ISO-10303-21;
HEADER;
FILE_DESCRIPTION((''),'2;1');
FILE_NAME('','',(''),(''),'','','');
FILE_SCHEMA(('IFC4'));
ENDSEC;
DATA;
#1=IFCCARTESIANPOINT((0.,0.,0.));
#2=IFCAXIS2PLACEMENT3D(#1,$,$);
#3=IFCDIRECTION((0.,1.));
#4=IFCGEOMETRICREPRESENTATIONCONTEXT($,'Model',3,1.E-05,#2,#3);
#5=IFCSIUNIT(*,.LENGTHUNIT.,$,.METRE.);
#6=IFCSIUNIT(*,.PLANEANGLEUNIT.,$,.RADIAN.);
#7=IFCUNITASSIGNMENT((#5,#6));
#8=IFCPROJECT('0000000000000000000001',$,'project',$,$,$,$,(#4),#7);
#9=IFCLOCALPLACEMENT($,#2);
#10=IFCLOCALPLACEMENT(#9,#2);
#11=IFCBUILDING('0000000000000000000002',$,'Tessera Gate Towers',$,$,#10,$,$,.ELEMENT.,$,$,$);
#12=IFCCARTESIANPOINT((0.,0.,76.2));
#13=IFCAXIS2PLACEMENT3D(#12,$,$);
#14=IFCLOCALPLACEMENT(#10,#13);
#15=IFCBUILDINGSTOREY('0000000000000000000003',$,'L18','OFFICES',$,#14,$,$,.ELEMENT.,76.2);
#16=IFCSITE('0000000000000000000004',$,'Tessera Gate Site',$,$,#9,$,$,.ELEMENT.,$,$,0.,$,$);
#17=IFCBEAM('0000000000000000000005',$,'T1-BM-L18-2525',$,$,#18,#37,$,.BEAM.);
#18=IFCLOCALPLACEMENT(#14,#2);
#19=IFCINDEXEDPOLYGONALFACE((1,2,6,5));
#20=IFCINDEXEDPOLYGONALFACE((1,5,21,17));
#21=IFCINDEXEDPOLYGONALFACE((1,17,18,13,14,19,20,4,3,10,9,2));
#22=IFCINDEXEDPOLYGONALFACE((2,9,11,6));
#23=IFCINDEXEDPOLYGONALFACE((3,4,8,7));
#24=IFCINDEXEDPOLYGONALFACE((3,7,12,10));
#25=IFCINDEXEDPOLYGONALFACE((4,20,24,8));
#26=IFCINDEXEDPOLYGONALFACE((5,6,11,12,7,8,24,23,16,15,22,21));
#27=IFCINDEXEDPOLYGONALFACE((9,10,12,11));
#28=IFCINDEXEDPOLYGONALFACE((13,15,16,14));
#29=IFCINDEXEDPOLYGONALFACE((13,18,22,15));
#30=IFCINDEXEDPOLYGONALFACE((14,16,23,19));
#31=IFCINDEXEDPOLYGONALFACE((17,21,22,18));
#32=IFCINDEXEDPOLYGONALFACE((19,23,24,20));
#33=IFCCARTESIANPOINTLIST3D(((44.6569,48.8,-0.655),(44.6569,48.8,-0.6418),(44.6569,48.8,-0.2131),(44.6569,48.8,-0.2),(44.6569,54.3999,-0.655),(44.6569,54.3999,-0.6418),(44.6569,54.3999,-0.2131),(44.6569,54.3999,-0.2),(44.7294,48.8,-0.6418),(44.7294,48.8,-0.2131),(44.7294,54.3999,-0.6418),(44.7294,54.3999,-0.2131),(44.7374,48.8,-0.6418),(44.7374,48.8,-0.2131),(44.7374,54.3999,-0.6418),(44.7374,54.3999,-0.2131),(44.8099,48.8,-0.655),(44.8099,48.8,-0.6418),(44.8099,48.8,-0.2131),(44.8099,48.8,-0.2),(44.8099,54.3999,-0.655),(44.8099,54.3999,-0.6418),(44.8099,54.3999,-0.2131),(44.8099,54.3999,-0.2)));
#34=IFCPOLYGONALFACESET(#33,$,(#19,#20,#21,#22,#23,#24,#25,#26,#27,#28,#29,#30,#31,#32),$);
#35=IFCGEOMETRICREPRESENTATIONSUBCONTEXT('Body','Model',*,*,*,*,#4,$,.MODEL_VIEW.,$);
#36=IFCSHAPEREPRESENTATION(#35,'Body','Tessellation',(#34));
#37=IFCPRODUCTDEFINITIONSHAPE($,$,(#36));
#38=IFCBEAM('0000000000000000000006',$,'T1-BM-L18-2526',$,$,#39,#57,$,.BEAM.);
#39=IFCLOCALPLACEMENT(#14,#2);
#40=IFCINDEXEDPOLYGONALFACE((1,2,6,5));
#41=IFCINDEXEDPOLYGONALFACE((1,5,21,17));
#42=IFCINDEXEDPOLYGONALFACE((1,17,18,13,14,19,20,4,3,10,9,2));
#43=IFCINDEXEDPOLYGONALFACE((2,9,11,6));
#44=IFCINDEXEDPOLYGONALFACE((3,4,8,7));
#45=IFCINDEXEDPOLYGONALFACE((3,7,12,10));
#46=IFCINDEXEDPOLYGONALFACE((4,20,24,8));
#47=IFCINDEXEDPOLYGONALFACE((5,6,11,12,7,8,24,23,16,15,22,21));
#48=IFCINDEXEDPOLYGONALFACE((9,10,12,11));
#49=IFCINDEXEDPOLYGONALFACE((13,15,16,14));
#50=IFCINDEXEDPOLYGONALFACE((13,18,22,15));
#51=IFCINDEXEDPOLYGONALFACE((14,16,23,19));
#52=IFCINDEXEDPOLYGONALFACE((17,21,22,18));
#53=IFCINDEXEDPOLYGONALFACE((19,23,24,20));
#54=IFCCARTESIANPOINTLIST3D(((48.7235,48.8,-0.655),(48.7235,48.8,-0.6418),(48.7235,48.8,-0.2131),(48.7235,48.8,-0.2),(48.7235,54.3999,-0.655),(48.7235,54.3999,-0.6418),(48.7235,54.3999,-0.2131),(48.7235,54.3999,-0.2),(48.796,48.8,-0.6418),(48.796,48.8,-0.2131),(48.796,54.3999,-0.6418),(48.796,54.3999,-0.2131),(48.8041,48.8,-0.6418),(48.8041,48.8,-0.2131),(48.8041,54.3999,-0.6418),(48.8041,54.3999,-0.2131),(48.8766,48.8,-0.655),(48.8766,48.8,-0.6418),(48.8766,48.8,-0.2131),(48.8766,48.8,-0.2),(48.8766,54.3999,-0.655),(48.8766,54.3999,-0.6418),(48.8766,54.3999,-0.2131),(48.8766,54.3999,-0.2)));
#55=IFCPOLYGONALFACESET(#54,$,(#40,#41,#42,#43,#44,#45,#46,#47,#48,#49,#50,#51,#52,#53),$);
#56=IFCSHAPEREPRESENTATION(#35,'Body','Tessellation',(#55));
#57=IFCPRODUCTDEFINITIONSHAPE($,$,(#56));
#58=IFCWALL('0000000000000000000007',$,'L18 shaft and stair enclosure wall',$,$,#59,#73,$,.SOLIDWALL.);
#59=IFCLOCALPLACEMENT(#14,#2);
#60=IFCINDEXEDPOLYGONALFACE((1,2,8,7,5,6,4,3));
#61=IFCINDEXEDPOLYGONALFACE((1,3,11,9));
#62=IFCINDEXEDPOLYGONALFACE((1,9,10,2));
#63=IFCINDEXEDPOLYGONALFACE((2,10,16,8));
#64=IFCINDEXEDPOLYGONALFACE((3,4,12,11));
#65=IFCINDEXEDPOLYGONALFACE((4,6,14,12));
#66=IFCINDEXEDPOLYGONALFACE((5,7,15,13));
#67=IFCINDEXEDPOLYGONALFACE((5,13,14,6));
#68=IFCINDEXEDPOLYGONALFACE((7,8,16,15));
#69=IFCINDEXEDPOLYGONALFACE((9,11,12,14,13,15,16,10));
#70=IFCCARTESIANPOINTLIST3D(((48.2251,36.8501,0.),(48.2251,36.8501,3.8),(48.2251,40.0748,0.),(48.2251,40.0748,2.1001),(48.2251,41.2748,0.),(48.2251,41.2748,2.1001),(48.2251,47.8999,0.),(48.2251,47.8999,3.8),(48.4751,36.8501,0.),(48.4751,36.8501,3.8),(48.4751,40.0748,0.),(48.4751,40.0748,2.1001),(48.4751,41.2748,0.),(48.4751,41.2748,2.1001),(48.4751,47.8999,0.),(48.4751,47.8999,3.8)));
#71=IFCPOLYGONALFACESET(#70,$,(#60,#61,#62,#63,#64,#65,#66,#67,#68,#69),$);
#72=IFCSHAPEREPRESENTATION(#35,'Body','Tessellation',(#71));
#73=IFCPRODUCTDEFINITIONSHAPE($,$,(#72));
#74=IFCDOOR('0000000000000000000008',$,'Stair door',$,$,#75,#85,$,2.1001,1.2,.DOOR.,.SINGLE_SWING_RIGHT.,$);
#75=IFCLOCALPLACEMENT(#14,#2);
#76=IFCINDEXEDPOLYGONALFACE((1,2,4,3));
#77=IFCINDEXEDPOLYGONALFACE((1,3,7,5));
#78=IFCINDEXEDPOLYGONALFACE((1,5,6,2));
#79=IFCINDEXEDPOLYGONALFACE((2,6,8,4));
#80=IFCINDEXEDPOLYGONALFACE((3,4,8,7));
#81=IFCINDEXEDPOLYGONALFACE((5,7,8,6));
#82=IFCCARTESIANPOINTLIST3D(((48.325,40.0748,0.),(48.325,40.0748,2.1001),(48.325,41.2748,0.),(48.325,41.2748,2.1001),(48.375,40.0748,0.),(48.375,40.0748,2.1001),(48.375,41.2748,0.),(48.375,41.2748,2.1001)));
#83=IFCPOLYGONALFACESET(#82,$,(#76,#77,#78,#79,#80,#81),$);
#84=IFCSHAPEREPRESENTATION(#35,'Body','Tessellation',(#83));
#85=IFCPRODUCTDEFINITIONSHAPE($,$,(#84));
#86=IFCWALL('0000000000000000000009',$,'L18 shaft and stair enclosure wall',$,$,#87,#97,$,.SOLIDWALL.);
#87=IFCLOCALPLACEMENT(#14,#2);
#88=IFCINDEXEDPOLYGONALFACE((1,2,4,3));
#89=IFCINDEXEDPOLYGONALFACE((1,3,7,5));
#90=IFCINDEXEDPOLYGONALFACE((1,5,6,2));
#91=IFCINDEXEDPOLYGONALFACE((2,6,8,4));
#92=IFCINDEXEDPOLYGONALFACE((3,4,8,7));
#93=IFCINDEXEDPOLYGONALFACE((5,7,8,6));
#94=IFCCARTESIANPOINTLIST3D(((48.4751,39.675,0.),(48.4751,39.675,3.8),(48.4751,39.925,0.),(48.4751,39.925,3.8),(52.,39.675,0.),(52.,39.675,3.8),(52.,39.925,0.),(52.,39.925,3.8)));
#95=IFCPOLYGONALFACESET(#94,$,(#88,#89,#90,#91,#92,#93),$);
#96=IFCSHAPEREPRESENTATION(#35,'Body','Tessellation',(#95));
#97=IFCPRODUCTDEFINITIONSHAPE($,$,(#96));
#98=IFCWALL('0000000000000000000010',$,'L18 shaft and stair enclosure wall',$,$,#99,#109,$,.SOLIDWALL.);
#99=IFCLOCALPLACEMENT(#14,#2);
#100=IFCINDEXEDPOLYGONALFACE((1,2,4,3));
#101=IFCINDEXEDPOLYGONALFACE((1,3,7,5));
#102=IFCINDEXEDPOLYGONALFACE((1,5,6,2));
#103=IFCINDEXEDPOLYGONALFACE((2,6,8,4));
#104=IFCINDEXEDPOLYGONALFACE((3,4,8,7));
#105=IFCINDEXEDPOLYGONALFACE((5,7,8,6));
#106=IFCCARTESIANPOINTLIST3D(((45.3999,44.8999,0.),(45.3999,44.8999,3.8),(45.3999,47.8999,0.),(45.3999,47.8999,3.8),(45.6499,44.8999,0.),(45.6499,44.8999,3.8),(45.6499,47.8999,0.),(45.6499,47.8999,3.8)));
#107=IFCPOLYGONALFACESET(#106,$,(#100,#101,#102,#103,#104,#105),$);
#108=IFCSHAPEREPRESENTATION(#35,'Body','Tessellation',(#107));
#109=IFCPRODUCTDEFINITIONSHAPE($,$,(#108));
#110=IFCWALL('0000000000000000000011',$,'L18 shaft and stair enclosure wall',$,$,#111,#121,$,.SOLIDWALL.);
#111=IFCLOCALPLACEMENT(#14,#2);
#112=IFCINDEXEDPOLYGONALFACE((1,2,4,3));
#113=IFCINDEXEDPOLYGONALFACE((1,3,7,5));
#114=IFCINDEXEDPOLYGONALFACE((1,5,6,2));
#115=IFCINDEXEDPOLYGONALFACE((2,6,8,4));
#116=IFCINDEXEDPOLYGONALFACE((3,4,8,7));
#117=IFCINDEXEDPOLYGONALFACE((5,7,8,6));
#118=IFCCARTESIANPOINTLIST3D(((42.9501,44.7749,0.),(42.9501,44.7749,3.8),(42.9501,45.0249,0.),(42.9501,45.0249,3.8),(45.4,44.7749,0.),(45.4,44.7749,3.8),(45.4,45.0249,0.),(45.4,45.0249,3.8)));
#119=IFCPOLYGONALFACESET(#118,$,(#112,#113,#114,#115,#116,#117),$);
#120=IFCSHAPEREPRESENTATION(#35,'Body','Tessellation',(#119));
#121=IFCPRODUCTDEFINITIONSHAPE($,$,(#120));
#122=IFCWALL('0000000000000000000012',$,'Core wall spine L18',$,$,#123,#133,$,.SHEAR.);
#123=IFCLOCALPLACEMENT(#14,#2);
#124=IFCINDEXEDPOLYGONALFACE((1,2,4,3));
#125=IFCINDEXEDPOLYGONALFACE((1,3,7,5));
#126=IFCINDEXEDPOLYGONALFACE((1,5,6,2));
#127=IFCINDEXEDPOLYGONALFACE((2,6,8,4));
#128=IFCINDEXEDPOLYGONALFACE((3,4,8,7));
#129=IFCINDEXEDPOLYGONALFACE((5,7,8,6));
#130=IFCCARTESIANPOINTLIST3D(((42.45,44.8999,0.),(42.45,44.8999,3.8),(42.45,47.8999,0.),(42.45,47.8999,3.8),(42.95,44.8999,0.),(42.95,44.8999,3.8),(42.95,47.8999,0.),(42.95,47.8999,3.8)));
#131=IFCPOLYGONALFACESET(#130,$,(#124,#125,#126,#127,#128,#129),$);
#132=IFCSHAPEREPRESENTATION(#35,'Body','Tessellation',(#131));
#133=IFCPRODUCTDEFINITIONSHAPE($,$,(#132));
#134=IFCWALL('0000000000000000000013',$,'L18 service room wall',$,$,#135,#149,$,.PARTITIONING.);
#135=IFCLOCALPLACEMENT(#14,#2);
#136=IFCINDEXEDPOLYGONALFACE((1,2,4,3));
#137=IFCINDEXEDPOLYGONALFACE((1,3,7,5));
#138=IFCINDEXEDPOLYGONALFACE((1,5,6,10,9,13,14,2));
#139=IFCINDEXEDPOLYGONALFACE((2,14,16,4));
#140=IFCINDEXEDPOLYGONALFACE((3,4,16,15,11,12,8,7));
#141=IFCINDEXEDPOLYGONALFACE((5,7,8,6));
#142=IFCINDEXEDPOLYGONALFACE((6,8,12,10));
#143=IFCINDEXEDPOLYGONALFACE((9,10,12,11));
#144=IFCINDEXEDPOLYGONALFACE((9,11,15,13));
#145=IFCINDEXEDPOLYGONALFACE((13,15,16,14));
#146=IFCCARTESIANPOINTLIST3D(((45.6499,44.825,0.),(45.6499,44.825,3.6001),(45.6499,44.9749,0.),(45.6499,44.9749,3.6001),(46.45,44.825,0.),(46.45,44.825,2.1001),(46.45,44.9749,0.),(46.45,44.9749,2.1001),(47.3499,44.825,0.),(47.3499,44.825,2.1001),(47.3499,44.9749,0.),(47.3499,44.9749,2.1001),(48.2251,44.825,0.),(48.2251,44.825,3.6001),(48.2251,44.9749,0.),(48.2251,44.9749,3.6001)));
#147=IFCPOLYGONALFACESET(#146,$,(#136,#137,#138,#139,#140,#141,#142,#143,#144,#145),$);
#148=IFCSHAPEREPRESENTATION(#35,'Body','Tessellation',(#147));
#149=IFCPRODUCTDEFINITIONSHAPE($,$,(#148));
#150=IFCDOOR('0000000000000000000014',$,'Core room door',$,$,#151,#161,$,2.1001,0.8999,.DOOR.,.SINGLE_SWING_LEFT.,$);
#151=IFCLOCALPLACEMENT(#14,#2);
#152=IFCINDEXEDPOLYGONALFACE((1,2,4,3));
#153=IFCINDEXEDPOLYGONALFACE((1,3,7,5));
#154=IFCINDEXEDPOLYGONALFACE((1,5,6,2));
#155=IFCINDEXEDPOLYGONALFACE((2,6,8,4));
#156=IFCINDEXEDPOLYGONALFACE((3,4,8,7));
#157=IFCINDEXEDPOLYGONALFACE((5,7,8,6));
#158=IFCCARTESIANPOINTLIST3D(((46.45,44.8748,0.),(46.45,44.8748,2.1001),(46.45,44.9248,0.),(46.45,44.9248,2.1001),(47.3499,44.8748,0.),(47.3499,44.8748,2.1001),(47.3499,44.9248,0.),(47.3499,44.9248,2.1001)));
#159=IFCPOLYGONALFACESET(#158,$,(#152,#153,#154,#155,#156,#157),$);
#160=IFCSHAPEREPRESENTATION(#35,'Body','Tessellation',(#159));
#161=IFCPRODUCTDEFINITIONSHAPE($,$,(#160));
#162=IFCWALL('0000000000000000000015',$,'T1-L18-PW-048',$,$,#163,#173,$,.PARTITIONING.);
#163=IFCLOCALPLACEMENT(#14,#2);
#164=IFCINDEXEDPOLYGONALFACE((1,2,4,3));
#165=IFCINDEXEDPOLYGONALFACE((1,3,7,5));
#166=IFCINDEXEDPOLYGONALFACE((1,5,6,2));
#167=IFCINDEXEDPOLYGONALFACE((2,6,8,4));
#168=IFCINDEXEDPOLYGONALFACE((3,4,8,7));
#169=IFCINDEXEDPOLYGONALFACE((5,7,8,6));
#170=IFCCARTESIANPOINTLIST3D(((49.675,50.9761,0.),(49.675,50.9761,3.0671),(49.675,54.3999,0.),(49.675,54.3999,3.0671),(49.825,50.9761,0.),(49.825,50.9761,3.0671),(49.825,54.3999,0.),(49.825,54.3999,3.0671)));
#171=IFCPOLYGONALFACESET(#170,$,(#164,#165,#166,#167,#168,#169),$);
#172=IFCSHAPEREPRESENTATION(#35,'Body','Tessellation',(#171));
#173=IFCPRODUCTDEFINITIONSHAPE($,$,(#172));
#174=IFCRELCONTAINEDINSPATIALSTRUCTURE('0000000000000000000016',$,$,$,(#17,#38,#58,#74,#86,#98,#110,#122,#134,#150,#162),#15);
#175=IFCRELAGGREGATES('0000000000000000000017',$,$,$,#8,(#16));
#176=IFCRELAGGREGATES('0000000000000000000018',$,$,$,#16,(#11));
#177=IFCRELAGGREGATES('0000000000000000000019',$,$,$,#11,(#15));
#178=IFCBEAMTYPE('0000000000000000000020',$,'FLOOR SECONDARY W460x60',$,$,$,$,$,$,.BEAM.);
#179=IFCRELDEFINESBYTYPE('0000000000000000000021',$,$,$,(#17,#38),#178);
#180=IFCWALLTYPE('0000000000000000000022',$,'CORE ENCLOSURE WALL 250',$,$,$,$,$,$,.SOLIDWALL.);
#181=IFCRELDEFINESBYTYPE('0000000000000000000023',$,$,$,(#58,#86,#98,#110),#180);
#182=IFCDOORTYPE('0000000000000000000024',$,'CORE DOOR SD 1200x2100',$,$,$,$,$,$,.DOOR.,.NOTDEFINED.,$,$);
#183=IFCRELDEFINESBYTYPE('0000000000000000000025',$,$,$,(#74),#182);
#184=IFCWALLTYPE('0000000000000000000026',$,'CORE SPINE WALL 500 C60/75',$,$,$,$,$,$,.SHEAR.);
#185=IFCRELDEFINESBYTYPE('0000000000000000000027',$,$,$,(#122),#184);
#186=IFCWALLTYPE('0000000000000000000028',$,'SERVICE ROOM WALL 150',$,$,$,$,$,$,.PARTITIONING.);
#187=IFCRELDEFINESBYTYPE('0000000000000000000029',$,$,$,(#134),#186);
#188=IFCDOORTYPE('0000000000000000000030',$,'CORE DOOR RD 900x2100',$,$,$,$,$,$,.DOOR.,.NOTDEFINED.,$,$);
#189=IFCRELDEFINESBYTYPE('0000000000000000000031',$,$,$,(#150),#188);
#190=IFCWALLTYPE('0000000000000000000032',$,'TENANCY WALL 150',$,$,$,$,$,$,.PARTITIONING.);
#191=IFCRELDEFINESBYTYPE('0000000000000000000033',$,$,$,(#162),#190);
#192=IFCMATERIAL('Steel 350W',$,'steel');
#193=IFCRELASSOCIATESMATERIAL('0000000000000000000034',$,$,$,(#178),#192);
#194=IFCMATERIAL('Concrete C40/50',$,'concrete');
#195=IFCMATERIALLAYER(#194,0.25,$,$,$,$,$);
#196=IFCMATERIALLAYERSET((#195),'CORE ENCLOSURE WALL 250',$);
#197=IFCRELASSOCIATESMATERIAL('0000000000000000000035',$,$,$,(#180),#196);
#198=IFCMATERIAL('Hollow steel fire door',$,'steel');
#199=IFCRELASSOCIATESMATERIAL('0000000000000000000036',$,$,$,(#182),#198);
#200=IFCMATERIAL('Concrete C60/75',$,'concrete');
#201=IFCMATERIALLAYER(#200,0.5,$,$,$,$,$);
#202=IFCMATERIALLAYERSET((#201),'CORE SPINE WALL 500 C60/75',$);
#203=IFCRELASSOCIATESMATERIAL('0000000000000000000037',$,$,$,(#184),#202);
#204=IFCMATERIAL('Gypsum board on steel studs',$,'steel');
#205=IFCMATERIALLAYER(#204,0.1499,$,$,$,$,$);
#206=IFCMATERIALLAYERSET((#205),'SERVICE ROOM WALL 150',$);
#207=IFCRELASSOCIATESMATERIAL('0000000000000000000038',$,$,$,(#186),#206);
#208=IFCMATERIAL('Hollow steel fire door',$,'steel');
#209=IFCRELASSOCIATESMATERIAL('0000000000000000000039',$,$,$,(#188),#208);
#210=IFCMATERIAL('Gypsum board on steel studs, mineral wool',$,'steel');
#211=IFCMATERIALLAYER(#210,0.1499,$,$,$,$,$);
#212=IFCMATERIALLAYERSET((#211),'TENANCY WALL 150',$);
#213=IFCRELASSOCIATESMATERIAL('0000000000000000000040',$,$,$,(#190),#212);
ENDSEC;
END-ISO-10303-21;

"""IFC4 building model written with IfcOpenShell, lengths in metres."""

from ifc_helpers import new_model, si_unit, direction, frame, frame_2d, origin, origin_2d, place, context, subcontext, project, spatial, rectangle, i_section, extrude, source, transform, mapped, material, layer, layer_set, material_profile, profile_set, type_object, element, fill, save


model = new_model("IFC4")

# Units and contexts
model_context = context("Model", 3, precision=1e-05, world=origin(), true_north=direction((0.0, 1.0)))
body_context = subcontext(model_context, "Body", "Model", "MODEL_VIEW")
ifc_project = project(units=[si_unit("LENGTHUNIT", "METRE"), si_unit("PLANEANGLEUNIT", "RADIAN")], contexts=[model_context])

# Site, building, storey
site_placement = place(None, origin())
site = spatial("IfcSite", under=ifc_project, at=site_placement, Name="Tessera Gate Site", CompositionType="ELEMENT", RefElevation=0.0)
building_placement = place(site_placement, origin())
building = spatial("IfcBuilding", under=site, at=building_placement, Name="Tessera Gate Towers", CompositionType="ELEMENT")
storey_placement = place(building_placement, frame((0.0, 0.0, 76.2)))
storey = spatial("IfcBuildingStorey", under=building, at=storey_placement, Name="L18", Description="OFFICES", CompositionType="ELEMENT", Elevation=76.2)

# Beams
ifc_material_1 = material(Name="Steel 350W", Category="steel")
ifc_material_profile = material_profile(ifc_material_1, i_section(OverallWidth=0.1531, OverallDepth=0.4551, WebThickness=0.0081, FlangeThickness=0.0132, at=origin_2d()), Name="W460x60")
ifc_profile_set = profile_set([ifc_material_profile], Name="Steel 350W")
beam_type = type_object("IfcBeamType", Name="FLOOR SECONDARY W460x60", PredefinedType="BEAM", material=ifc_profile_set)
for number, where, z_axis, x_axis, name in (
    (1, (44.7334, 48.8, -0.4275), (0.0, 1.0, 0.0), (-1.0, 0.0, 0.0), "T1-BM-L18-2525"),
    (2, (48.8, 48.8, -0.4275), (0.0, 1.0, 0.0), (-1.0, 0.0, 0.0), "T1-BM-L18-2526"),
):
    element("IfcBeam", number, at=place(storey_placement, frame(where, z_axis=z_axis, x_axis=x_axis)), inside=storey, type_object=beam_type, Name=name, PredefinedType="BEAM", context=body_context, shape_type="SweptSolid", body=[
        extrude(i_section(OverallWidth=0.1531, OverallDepth=0.4551, WebThickness=0.0081, FlangeThickness=0.0132, at=origin_2d()), origin(), (0.0, 0.0, 1.0), 5.5999),
    ])

# Wall, opening, door
ifc_material_2 = material(Name="Concrete C40/50", Category="concrete")
ifc_layer_1 = layer(ifc_material_2, 0.25)
ifc_layer_set_1 = layer_set([ifc_layer_1], Name="CORE ENCLOSURE WALL 250")
wall_type_1 = type_object("IfcWallType", Name="CORE ENCLOSURE WALL 250", PredefinedType="SOLIDWALL", material=ifc_layer_set_1)
wall_1_placement = place(storey_placement, frame((48.3501, 47.8999, 0.0), z_axis=(0.0, 0.0, 1.0), x_axis=(0.0, -1.0, 0.0)))
wall_1 = element("IfcWall", 3, at=wall_1_placement, inside=storey, type_object=wall_type_1, Name="L18 shaft and stair enclosure wall", PredefinedType="SOLIDWALL", context=body_context, shape_type="SweptSolid", body=[
    extrude(rectangle(XDim=11.0498, YDim=0.25, at=frame_2d((5.5249, 0.0))), origin(), (0.0, 0.0, 1.0), 3.8),
])
shared_shape_1 = source(origin(), body_context, "Body", "SweptSolid", [
    extrude(rectangle(XDim=1.2, YDim=2.1001, at=frame_2d((0.6001, 1.05))), frame((0.0, 0.135, 0.0), z_axis=(0.0, -1.0, 0.0), x_axis=(1.0, 0.0, 0.0)), (0.0, 0.0, 1.0), 0.27),
])
opening_1_placement = place(wall_1_placement, frame((6.625, 0.0, 0.0)))
opening_1 = element("IfcOpeningElement", 4, at=opening_1_placement, cuts=wall_1, PredefinedType="OPENING", context=body_context, shape_type="MappedRepresentation", body=[
    mapped(shared_shape_1, transform((0.0, 0.0, 0.0), scale=1.0)),
])
ifc_material_3 = material(Name="Hollow steel fire door", Category="steel")
door_type_1 = type_object("IfcDoorType", Name="CORE DOOR SD 1200x2100", OperationType="NOTDEFINED", PredefinedType="DOOR", material=ifc_material_3)
shared_shape_2 = source(origin(), body_context, "Body", "SweptSolid", [
    extrude(rectangle(XDim=1.2, YDim=2.1001, at=frame_2d((0.6001, 1.05))), frame((0.0, 0.0249, 0.0), z_axis=(0.0, -1.0, 0.0), x_axis=(1.0, 0.0, 0.0)), (0.0, 0.0, 1.0), 0.05),
])
door_1_placement = place(opening_1_placement, origin())
door_1 = element("IfcDoor", 5, at=door_1_placement, inside=storey, type_object=door_type_1, Name="Stair door", OperationType="SINGLE_SWING_RIGHT", OverallHeight=2.1001, OverallWidth=1.2, PredefinedType="DOOR", context=body_context, shape_type="MappedRepresentation", body=[
    mapped(shared_shape_2, transform((0.0, 0.0, 0.0), scale=1.0)),
])
fill(opening_1, door_1)

# Walls
wall_2_placement = place(storey_placement, frame((48.4751, 39.8, 0.0), z_axis=(0.0, 0.0, 1.0), x_axis=(1.0, 0.0, 0.0)))
element("IfcWall", 6, at=wall_2_placement, inside=storey, type_object=wall_type_1, Name="L18 shaft and stair enclosure wall", PredefinedType="SOLIDWALL", context=body_context, shape_type="SweptSolid", body=[
    extrude(rectangle(XDim=3.5249, YDim=0.25, at=frame_2d((1.7625, 0.0))), origin(), (0.0, 0.0, 1.0), 3.8),
])
wall_3_placement = place(storey_placement, frame((45.5249, 44.8999, 0.0), z_axis=(0.0, 0.0, 1.0), x_axis=(0.0, 1.0, 0.0)))
element("IfcWall", 7, at=wall_3_placement, inside=storey, type_object=wall_type_1, Name="L18 shaft and stair enclosure wall", PredefinedType="SOLIDWALL", context=body_context, shape_type="SweptSolid", body=[
    extrude(rectangle(XDim=3.0, YDim=0.25, at=frame_2d((1.5, 0.0))), origin(), (0.0, 0.0, 1.0), 3.8),
])
wall_4_placement = place(storey_placement, frame((42.95, 44.8999, 0.0), z_axis=(0.0, 0.0, 1.0), x_axis=(1.0, 0.0, 0.0)))
element("IfcWall", 8, at=wall_4_placement, inside=storey, type_object=wall_type_1, Name="L18 shaft and stair enclosure wall", PredefinedType="SOLIDWALL", context=body_context, shape_type="SweptSolid", body=[
    extrude(rectangle(XDim=2.45, YDim=0.25, at=frame_2d((1.2251, 0.0))), origin(), (0.0, 0.0, 1.0), 3.8),
])
ifc_material_4 = material(Name="Concrete C60/75", Category="concrete")
ifc_layer_2 = layer(ifc_material_4, 0.5)
ifc_layer_set_2 = layer_set([ifc_layer_2], Name="CORE SPINE WALL 500 C60/75")
wall_type_2 = type_object("IfcWallType", Name="CORE SPINE WALL 500 C60/75", PredefinedType="SHEAR", material=ifc_layer_set_2)
wall_5_placement = place(storey_placement, frame((42.7, 44.8999, 0.0), z_axis=(0.0, 0.0, 1.0), x_axis=(0.0, 1.0, 0.0)))
element("IfcWall", 9, at=wall_5_placement, inside=storey, type_object=wall_type_2, Name="Core wall spine L18", PredefinedType="SHEAR", context=body_context, shape_type="SweptSolid", body=[
    extrude(rectangle(XDim=3.0, YDim=0.5, at=frame_2d((1.5, 0.0))), origin(), (0.0, 0.0, 1.0), 3.8),
])

# Wall, opening, door
ifc_material_5 = material(Name="Gypsum board on steel studs", Category="steel")
ifc_layer_3 = layer(ifc_material_5, 0.1499)
ifc_layer_set_3 = layer_set([ifc_layer_3], Name="SERVICE ROOM WALL 150")
wall_type_3 = type_object("IfcWallType", Name="SERVICE ROOM WALL 150", PredefinedType="PARTITIONING", material=ifc_layer_set_3)
wall_6_placement = place(storey_placement, frame((45.6499, 44.8999, 0.0), z_axis=(0.0, 0.0, 1.0), x_axis=(1.0, 0.0, 0.0)))
wall_6 = element("IfcWall", 10, at=wall_6_placement, inside=storey, type_object=wall_type_3, Name="L18 service room wall", PredefinedType="PARTITIONING", context=body_context, shape_type="SweptSolid", body=[
    extrude(rectangle(XDim=2.5752, YDim=0.1499, at=frame_2d((1.2876, 0.0))), origin(), (0.0, 0.0, 1.0), 3.6001),
])
shared_shape_3 = source(origin(), body_context, "Body", "SweptSolid", [
    extrude(rectangle(XDim=0.8999, YDim=2.1001, at=frame_2d((0.45, 1.05))), frame((0.0, 0.085, 0.0), z_axis=(0.0, -1.0, 0.0), x_axis=(1.0, 0.0, 0.0)), (0.0, 0.0, 1.0), 0.1699),
])
opening_2_placement = place(wall_6_placement, frame((0.8, 0.0, 0.0)))
opening_2 = element("IfcOpeningElement", 11, at=opening_2_placement, cuts=wall_6, PredefinedType="OPENING", context=body_context, shape_type="MappedRepresentation", body=[
    mapped(shared_shape_3, transform((0.0, 0.0, 0.0), scale=1.0)),
])
ifc_material_6 = material(Name="Hollow steel fire door", Category="steel")
door_type_2 = type_object("IfcDoorType", Name="CORE DOOR RD 900x2100", OperationType="NOTDEFINED", PredefinedType="DOOR", material=ifc_material_6)
shared_shape_4 = source(origin(), body_context, "Body", "SweptSolid", [
    extrude(rectangle(XDim=0.8999, YDim=2.1001, at=frame_2d((0.45, 1.05))), frame((0.0, 0.0249, 0.0), z_axis=(0.0, -1.0, 0.0), x_axis=(1.0, 0.0, 0.0)), (0.0, 0.0, 1.0), 0.05),
])
door_2_placement = place(opening_2_placement, origin())
door_2 = element("IfcDoor", 12, at=door_2_placement, inside=storey, type_object=door_type_2, Name="Core room door", OperationType="SINGLE_SWING_LEFT", OverallHeight=2.1001, OverallWidth=0.8999, PredefinedType="DOOR", context=body_context, shape_type="MappedRepresentation", body=[
    mapped(shared_shape_4, transform((0.0, 0.0, 0.0), scale=1.0)),
])
fill(opening_2, door_2)

# Wall
ifc_material_7 = material(Name="Gypsum board on steel studs, mineral wool", Category="steel")
ifc_layer_4 = layer(ifc_material_7, 0.1499)
ifc_layer_set_4 = layer_set([ifc_layer_4], Name="TENANCY WALL 150")
wall_type_4 = type_object("IfcWallType", Name="TENANCY WALL 150", PredefinedType="PARTITIONING", material=ifc_layer_set_4)
wall_7_placement = place(storey_placement, frame((49.75, 50.9761, 0.0), z_axis=(0.0, 0.0, 1.0), x_axis=(0.0, 1.0, 0.0)))
element("IfcWall", 13, at=wall_7_placement, inside=storey, type_object=wall_type_4, Name="T1-L18-PW-048", PredefinedType="PARTITIONING", context=body_context, shape_type="SweptSolid", body=[
    extrude(rectangle(XDim=3.4238, YDim=0.1499, at=frame_2d((1.7119, 0.0))), origin(), (0.0, 0.0, 1.0), 3.0671),
])

save(model, "model.ifc")
